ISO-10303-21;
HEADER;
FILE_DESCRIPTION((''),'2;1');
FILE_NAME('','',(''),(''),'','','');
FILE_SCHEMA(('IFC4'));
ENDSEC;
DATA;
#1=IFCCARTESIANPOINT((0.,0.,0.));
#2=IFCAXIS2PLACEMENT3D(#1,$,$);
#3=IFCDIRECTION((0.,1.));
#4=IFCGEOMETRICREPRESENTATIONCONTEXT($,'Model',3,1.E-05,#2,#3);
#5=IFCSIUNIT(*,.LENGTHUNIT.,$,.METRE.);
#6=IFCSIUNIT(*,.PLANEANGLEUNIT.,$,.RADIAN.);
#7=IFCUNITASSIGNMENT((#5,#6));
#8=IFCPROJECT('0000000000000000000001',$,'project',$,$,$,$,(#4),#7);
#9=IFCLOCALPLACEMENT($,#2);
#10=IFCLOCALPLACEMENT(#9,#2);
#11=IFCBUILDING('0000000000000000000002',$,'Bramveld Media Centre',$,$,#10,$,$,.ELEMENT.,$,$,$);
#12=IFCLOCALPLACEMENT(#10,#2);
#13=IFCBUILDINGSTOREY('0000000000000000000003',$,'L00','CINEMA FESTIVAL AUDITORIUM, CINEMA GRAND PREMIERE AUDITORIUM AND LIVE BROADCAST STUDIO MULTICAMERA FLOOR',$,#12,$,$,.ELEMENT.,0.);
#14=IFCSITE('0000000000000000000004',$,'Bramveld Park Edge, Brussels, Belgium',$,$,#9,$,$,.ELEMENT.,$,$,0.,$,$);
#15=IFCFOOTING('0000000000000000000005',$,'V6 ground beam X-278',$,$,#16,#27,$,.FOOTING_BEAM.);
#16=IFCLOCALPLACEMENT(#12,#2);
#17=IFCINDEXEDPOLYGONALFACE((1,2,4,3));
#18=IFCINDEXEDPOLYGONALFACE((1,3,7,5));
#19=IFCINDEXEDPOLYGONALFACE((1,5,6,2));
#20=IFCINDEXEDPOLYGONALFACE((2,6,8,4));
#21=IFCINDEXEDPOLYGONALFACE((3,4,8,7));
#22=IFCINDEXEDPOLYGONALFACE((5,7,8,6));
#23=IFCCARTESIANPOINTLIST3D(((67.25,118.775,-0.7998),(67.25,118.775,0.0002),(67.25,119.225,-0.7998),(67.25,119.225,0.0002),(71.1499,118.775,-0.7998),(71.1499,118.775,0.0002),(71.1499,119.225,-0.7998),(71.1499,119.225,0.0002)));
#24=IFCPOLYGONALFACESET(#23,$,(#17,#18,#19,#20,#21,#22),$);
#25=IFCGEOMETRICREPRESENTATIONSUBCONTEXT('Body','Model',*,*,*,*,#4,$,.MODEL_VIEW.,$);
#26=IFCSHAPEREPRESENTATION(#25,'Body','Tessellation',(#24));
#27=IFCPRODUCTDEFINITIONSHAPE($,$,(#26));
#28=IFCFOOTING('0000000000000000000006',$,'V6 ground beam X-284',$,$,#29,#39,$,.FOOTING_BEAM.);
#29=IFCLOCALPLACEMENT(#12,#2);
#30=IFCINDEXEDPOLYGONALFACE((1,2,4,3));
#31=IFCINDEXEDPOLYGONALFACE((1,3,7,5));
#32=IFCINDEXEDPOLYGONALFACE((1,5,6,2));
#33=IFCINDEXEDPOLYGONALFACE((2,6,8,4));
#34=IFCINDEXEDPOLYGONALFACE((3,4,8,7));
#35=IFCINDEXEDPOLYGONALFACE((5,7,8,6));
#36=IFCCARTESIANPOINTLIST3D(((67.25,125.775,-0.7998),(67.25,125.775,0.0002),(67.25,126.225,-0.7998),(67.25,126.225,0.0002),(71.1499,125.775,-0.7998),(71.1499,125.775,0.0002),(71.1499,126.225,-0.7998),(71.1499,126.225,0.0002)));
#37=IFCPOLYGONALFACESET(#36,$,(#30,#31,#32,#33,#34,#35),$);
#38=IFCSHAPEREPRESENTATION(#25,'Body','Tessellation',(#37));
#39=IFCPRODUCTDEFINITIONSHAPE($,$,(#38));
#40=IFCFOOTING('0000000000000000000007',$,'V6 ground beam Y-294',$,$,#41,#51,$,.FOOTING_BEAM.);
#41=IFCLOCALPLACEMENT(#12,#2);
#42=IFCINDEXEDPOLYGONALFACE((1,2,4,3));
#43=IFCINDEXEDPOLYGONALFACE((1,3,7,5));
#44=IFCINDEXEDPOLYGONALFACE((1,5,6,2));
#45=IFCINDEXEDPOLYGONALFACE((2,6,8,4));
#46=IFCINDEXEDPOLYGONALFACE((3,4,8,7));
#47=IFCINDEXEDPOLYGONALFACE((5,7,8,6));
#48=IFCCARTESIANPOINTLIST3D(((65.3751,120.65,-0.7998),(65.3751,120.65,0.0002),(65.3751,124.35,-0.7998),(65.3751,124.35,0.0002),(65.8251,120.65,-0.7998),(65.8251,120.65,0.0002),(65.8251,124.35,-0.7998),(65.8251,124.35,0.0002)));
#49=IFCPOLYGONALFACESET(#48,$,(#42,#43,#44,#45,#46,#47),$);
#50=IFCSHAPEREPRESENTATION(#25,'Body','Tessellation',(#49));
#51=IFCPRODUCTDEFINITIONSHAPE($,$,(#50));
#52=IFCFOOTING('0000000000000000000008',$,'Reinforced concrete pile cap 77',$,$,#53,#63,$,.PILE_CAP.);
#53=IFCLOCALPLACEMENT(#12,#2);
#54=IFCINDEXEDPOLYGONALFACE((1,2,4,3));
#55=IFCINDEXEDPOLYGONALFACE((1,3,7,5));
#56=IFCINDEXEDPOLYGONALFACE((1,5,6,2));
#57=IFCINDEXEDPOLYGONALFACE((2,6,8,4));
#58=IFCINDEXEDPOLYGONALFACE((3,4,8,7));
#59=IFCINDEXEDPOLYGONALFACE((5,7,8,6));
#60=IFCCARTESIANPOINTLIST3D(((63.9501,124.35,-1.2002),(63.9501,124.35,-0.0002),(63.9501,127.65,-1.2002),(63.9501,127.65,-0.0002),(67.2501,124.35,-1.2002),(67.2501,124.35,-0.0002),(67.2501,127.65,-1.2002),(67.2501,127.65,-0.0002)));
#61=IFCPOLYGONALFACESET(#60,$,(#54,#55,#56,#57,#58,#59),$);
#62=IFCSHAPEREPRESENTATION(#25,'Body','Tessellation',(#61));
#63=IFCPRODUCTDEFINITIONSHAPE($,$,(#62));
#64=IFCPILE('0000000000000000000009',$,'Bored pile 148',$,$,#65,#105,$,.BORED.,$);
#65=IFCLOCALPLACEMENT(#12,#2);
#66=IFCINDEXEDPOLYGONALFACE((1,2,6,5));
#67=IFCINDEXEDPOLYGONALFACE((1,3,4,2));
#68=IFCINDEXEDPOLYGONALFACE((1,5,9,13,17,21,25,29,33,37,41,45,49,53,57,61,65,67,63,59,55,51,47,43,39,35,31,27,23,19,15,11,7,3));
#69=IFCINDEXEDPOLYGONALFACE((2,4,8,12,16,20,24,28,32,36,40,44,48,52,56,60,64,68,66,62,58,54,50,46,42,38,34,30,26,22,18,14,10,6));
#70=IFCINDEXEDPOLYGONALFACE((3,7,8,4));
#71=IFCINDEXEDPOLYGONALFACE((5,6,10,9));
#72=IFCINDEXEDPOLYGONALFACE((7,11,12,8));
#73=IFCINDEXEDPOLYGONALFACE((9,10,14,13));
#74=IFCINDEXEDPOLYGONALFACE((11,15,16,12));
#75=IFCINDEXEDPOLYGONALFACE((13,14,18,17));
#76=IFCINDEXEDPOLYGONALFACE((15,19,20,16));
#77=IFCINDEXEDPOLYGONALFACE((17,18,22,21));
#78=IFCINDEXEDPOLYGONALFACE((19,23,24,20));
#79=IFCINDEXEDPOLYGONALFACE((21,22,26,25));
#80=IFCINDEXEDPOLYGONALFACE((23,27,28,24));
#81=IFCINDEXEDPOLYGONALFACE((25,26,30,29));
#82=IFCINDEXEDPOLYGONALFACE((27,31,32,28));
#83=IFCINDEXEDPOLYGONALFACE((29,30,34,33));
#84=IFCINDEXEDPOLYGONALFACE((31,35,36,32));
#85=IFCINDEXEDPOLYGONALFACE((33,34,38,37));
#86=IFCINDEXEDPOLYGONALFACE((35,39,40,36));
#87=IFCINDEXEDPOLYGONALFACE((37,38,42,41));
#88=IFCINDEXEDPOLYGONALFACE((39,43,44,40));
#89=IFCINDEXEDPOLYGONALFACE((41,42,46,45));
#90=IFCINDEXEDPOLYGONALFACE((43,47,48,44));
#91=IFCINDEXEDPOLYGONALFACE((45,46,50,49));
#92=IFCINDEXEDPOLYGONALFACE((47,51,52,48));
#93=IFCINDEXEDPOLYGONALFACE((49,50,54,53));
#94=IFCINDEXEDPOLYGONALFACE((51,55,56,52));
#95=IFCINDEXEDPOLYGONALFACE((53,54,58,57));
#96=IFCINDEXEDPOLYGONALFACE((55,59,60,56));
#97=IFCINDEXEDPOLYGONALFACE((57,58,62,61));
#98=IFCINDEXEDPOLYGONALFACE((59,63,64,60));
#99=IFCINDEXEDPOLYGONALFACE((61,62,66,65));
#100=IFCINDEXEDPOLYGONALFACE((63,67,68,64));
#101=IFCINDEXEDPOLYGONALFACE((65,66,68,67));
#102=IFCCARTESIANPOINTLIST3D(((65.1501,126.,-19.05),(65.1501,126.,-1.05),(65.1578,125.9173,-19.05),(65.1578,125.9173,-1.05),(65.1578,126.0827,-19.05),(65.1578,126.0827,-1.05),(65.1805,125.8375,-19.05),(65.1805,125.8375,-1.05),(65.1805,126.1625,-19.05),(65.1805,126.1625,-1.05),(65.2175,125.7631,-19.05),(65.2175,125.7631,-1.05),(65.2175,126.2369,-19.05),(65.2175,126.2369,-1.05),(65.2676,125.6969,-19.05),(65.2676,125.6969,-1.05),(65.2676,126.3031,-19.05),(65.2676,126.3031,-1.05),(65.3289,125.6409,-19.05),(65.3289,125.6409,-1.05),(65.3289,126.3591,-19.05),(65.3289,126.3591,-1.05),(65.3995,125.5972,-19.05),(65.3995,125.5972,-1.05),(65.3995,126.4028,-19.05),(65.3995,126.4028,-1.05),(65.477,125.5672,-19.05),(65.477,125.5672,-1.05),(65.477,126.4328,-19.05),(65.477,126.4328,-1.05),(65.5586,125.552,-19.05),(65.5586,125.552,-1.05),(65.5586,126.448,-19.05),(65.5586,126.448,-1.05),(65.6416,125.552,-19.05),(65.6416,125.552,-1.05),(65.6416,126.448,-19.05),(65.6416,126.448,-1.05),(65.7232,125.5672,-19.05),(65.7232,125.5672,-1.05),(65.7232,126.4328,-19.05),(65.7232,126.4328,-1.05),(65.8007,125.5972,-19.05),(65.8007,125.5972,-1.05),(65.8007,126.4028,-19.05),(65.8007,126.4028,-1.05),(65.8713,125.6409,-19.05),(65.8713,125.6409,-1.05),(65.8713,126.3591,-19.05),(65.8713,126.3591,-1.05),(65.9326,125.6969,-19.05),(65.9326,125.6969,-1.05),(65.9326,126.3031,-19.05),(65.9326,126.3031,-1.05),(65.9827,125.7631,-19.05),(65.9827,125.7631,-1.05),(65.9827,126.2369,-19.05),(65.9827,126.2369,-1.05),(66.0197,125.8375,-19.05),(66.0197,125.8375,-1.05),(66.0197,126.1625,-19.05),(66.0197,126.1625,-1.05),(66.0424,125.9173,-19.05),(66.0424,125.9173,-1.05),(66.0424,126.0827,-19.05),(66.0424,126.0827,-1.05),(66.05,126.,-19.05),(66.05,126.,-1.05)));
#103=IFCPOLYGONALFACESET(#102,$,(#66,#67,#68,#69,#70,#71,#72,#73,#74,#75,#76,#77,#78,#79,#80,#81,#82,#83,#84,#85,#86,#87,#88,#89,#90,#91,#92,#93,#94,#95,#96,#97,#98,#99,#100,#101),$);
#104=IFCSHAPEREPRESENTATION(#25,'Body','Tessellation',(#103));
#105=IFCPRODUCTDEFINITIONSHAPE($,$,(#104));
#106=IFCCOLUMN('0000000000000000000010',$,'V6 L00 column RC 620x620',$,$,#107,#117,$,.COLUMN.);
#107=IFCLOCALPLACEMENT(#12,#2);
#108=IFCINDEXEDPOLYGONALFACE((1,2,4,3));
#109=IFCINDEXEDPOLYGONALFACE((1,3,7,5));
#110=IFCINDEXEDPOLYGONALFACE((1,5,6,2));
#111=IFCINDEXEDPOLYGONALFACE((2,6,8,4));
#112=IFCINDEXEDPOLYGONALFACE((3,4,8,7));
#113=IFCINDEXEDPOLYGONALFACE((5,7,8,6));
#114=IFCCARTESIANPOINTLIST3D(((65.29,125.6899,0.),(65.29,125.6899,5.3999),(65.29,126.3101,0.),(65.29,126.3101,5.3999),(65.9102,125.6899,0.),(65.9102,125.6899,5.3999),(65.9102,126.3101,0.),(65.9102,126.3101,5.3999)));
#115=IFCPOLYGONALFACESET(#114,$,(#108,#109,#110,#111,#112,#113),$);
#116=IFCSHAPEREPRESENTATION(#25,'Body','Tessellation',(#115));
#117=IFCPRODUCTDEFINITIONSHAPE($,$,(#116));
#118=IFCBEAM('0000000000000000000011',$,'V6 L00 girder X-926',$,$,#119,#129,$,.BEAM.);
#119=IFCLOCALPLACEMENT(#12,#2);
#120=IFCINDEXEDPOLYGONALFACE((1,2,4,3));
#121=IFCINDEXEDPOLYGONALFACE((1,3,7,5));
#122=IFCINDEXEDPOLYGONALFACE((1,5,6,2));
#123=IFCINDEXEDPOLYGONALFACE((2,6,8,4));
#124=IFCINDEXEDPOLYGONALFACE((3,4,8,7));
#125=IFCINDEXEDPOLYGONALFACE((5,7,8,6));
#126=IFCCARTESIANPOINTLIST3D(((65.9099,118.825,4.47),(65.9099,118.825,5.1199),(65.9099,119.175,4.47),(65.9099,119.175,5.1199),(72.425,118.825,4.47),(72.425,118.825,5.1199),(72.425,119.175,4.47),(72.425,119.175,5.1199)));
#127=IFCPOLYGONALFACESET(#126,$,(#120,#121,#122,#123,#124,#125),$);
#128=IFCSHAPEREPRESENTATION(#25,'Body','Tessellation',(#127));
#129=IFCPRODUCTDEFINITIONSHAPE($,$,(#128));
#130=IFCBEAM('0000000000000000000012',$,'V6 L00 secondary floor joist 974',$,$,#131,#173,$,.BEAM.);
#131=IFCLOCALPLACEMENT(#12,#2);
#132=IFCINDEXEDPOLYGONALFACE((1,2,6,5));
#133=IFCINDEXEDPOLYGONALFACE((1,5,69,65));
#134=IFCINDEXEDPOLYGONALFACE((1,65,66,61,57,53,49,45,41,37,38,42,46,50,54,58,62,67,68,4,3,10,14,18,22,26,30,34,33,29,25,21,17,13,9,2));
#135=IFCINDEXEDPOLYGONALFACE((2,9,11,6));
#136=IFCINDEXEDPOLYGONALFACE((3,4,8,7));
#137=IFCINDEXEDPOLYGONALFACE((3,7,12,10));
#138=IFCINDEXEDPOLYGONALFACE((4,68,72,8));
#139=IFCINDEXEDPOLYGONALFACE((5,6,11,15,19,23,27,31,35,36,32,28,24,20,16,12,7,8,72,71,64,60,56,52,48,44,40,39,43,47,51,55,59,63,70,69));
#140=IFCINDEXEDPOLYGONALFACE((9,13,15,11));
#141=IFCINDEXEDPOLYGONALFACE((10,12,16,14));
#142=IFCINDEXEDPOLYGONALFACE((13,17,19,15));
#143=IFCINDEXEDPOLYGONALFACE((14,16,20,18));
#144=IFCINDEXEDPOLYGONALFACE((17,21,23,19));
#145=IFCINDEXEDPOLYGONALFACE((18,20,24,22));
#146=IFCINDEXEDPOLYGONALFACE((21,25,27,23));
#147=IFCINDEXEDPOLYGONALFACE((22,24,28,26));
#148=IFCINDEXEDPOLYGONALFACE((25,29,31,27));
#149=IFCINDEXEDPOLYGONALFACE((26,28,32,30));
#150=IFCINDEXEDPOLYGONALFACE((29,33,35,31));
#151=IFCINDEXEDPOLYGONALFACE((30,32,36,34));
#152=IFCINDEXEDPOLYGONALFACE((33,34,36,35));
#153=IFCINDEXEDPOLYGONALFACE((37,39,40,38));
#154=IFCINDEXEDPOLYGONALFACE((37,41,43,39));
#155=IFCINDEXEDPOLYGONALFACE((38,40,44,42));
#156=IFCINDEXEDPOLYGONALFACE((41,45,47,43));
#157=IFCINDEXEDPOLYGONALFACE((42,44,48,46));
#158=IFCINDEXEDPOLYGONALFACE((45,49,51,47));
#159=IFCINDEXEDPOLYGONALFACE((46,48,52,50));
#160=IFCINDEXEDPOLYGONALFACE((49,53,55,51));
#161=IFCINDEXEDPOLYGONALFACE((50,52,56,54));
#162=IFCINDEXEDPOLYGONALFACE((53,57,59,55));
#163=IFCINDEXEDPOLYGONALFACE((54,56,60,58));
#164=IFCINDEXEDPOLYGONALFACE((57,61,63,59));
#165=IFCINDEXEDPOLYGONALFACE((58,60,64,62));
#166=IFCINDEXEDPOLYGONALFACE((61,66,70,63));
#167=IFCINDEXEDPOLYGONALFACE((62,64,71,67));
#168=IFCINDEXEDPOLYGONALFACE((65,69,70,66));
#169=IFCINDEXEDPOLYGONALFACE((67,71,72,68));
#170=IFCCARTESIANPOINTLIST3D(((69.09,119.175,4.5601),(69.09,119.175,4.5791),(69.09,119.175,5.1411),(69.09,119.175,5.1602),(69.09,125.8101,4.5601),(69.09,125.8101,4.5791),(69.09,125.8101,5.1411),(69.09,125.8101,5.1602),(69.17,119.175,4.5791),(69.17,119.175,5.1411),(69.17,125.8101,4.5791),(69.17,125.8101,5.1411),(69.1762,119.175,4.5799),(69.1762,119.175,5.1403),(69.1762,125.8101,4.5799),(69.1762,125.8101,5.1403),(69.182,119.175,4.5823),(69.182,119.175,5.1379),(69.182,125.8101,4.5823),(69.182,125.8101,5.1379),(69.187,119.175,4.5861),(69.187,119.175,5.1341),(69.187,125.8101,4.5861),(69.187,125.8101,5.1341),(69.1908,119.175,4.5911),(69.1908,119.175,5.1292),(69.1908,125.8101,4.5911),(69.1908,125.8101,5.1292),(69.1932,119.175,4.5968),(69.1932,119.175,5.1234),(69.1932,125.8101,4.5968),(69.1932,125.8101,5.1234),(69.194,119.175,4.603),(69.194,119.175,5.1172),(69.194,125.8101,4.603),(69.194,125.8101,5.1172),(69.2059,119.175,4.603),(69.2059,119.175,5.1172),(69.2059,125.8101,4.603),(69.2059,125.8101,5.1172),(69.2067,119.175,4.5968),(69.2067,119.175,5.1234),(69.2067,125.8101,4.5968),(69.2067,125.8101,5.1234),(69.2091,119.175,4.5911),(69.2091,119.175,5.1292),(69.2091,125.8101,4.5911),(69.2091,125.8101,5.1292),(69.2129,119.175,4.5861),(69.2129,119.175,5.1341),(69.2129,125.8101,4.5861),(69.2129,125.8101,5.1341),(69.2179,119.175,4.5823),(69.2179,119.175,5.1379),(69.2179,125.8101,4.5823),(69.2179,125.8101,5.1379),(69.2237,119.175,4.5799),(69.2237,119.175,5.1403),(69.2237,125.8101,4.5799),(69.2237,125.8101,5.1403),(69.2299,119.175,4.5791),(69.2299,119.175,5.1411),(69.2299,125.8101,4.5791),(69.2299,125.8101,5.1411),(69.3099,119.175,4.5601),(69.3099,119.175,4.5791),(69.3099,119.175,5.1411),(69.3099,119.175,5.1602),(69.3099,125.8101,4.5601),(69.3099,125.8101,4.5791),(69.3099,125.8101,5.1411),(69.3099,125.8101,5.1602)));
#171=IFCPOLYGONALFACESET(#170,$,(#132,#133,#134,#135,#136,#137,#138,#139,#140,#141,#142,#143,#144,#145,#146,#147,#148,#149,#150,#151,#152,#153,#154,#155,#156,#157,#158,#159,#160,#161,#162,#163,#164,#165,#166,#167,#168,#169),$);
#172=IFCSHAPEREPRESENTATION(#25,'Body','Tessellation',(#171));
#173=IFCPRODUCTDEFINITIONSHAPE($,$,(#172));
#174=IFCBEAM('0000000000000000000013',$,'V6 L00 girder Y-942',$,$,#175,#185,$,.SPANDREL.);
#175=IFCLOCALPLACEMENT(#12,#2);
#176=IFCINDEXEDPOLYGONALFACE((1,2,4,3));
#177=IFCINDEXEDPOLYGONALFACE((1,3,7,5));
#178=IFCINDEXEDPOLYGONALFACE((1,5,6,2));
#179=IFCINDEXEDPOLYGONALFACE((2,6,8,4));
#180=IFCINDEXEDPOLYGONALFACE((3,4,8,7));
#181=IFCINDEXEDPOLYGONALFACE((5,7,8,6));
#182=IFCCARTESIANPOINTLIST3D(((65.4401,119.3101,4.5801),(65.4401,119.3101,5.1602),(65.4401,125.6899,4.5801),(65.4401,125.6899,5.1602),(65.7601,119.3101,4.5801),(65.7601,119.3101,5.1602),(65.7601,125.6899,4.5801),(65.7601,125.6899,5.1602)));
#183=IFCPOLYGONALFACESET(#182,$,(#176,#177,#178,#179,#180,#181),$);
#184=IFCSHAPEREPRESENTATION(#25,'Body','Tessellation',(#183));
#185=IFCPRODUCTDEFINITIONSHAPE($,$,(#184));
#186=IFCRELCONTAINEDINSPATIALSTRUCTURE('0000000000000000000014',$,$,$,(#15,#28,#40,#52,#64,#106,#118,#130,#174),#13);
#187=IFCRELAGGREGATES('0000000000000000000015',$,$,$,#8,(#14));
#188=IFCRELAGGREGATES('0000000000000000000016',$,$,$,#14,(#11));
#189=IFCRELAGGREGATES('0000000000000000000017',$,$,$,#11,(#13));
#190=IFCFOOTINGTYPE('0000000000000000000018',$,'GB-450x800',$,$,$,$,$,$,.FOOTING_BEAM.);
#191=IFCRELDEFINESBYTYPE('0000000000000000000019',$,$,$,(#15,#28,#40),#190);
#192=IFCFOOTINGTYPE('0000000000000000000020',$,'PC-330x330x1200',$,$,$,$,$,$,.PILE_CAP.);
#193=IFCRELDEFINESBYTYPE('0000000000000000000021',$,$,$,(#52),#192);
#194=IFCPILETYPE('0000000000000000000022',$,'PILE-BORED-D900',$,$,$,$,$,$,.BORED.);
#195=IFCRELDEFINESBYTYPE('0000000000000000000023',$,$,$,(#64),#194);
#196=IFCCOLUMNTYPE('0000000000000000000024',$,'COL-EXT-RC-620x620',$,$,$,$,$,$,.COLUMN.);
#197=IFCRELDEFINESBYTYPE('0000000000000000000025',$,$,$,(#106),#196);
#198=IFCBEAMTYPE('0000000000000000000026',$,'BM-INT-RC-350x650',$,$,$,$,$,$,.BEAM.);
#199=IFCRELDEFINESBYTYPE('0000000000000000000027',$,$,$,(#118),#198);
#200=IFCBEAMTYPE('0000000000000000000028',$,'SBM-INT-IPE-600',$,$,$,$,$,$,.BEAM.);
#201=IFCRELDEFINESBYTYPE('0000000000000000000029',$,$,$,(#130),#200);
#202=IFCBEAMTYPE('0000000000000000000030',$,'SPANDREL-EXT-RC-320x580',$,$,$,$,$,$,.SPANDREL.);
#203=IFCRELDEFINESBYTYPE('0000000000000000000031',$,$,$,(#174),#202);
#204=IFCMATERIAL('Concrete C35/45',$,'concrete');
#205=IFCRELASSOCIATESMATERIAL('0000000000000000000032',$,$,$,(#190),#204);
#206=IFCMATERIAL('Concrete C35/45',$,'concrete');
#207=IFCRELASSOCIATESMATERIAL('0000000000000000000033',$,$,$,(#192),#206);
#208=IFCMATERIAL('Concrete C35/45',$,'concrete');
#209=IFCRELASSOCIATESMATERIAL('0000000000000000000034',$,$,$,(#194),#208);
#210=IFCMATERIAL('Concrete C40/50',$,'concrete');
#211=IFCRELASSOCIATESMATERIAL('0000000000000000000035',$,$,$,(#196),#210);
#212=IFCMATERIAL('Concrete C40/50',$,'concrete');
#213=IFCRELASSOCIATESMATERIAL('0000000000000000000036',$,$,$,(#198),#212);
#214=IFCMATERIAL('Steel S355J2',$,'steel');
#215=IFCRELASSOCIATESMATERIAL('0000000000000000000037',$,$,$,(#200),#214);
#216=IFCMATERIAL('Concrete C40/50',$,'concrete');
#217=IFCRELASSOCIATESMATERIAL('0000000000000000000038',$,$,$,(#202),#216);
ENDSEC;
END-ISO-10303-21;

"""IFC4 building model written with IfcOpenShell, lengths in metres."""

from ifc_helpers import new_model, si_unit, direction, frame, origin, origin_2d, place, context, subcontext, project, spatial, rectangle, circle, i_section, extrude, material, material_profile, profile_set, type_object, element, save


model = new_model("IFC4")

# Units and contexts
model_context = context("Model", 3, precision=1e-05, world=origin(), true_north=direction((0.0, 1.0)))
body_context = subcontext(model_context, "Body", "Model", "MODEL_VIEW")
ifc_project = project(units=[si_unit("LENGTHUNIT", "METRE"), si_unit("PLANEANGLEUNIT", "RADIAN")], contexts=[model_context])

# Site, building, storey
site_placement = place(None, origin())
site = spatial("IfcSite", under=ifc_project, at=site_placement, Name="Bramveld Park Edge, Brussels, Belgium", CompositionType="ELEMENT", RefElevation=0.0)
building_placement = place(site_placement, origin())
building = spatial("IfcBuilding", under=site, at=building_placement, Name="Bramveld Media Centre", CompositionType="ELEMENT")
storey_placement = place(building_placement, origin())
storey = spatial("IfcBuildingStorey", under=building, at=storey_placement, Name="L00", Description="CINEMA FESTIVAL AUDITORIUM, CINEMA GRAND PREMIERE AUDITORIUM AND LIVE BROADCAST STUDIO MULTICAMERA FLOOR", CompositionType="ELEMENT", Elevation=0.0)

# Footings
ifc_material_1 = material(Name="Concrete C35/45", Category="concrete")
footing_type_1 = type_object("IfcFootingType", Name="GB-450x800", PredefinedType="FOOTING_BEAM", material=ifc_material_1)
for number, where, z_axis, x_axis, name in (
    (1, (69.2, 119.0, -0.7998), (0.0, 0.0, 1.0), (1.0, 0.0, 0.0), "V6 ground beam X-278"),
    (2, (69.2, 126.0, -0.7998), (0.0, 0.0, 1.0), (1.0, 0.0, 0.0), "V6 ground beam X-284"),
):
    element("IfcFooting", number, at=place(storey_placement, frame(where, z_axis=z_axis, x_axis=x_axis)), inside=storey, type_object=footing_type_1, Name=name, PredefinedType="FOOTING_BEAM", context=body_context, shape_type="SweptSolid", body=[
        extrude(rectangle(XDim=3.8999, YDim=0.45, at=origin_2d()), origin(), (0.0, 0.0, 1.0), 0.8),
    ])
footing_1_placement = place(storey_placement, frame((65.6001, 122.5, -0.7998), z_axis=(0.0, 0.0, 1.0), x_axis=(1.0, 0.0, 0.0)))
element("IfcFooting", 3, at=footing_1_placement, inside=storey, type_object=footing_type_1, Name="V6 ground beam Y-294", PredefinedType="FOOTING_BEAM", context=body_context, shape_type="SweptSolid", body=[
    extrude(rectangle(XDim=0.45, YDim=3.7, at=origin_2d()), origin(), (0.0, 0.0, 1.0), 0.8),
])
ifc_material_2 = material(Name="Concrete C35/45", Category="concrete")
footing_type_2 = type_object("IfcFootingType", Name="PC-330x330x1200", PredefinedType="PILE_CAP", material=ifc_material_2)
footing_2_placement = place(storey_placement, frame((65.6001, 126.0, -1.2002), z_axis=(0.0, 0.0, 1.0), x_axis=(1.0, 0.0, 0.0)))
element("IfcFooting", 4, at=footing_2_placement, inside=storey, type_object=footing_type_2, Name="Reinforced concrete pile cap 77", PredefinedType="PILE_CAP", context=body_context, shape_type="SweptSolid", body=[
    extrude(rectangle(XDim=3.3, YDim=3.3, at=origin_2d()), origin(), (0.0, 0.0, 1.0), 1.2),
])

# Pile
ifc_material_3 = material(Name="Concrete C35/45", Category="concrete")
ifc_material_profile_1 = material_profile(ifc_material_3, circle(Radius=0.45, at=origin_2d()), Name="BORED D900")
ifc_profile_set_1 = profile_set([ifc_material_profile_1], Name="Concrete C35/45")
pile_type = type_object("IfcPileType", Name="PILE-BORED-D900", PredefinedType="BORED", material=ifc_profile_set_1)
pile_placement = place(storey_placement, frame((65.6001, 126.0, -1.05), z_axis=(0.0, 0.0, -1.0), x_axis=(1.0, 0.0, 0.0)))
element("IfcPile", 5, at=pile_placement, inside=storey, type_object=pile_type, Name="Bored pile 148", PredefinedType="BORED", context=body_context, shape_type="SweptSolid", body=[
    extrude(circle(Radius=0.45, at=origin_2d()), origin(), (0.0, 0.0, 1.0), 18.0),
])

# Column
ifc_material_4 = material(Name="Concrete C40/50", Category="concrete")
ifc_material_profile_2 = material_profile(ifc_material_4, rectangle(XDim=0.6201, YDim=0.6201, at=origin_2d()), Name="RC 620x620")
ifc_profile_set_2 = profile_set([ifc_material_profile_2], Name="Concrete C40/50")
column_type = type_object("IfcColumnType", Name="COL-EXT-RC-620x620", PredefinedType="COLUMN", material=ifc_profile_set_2)
column_placement = place(storey_placement, frame((65.6001, 126.0, 0.0), z_axis=(0.0, 0.0, 1.0), x_axis=(1.0, 0.0, 0.0)))
element("IfcColumn", 6, at=column_placement, inside=storey, type_object=column_type, Name="V6 L00 column RC 620x620", PredefinedType="COLUMN", context=body_context, shape_type="SweptSolid", body=[
    extrude(rectangle(XDim=0.6201, YDim=0.6201, at=origin_2d()), origin(), (0.0, 0.0, 1.0), 5.3999),
])

# Beams
ifc_material_5 = material(Name="Concrete C40/50", Category="concrete")
ifc_material_profile_3 = material_profile(ifc_material_5, rectangle(XDim=0.3501, YDim=0.6499, at=origin_2d()), Name="RC 350x650")
ifc_profile_set_3 = profile_set([ifc_material_profile_3], Name="Concrete C40/50")
beam_type_1 = type_object("IfcBeamType", Name="BM-INT-RC-350x650", PredefinedType="BEAM", material=ifc_profile_set_3)
beam_1_placement = place(storey_placement, frame((65.9099, 119.0, 4.7949), z_axis=(1.0, 0.0, 0.0), x_axis=(0.0, 1.0, 0.0)))
element("IfcBeam", 7, at=beam_1_placement, inside=storey, type_object=beam_type_1, Name="V6 L00 girder X-926", PredefinedType="BEAM", context=body_context, shape_type="SweptSolid", body=[
    extrude(rectangle(XDim=0.3501, YDim=0.6499, at=origin_2d()), origin(), (0.0, 0.0, 1.0), 6.5151),
])
ifc_material_6 = material(Name="Steel S355J2", Category="steel")
ifc_material_profile_4 = material_profile(ifc_material_6, i_section(OverallWidth=0.22, OverallDepth=0.6001, WebThickness=0.012, FlangeThickness=0.019, FilletRadius=0.0239, at=origin_2d()), Name="IPE 600")
ifc_profile_set_4 = profile_set([ifc_material_profile_4], Name="Steel S355J2")
beam_type_2 = type_object("IfcBeamType", Name="SBM-INT-IPE-600", PredefinedType="BEAM", material=ifc_profile_set_4)
beam_2_placement = place(storey_placement, frame((69.2, 119.175, 4.8601), z_axis=(0.0, 1.0, 0.0), x_axis=(-1.0, 0.0, 0.0)))
element("IfcBeam", 8, at=beam_2_placement, inside=storey, type_object=beam_type_2, Name="V6 L00 secondary floor joist 974", PredefinedType="BEAM", context=body_context, shape_type="SweptSolid", body=[
    extrude(i_section(OverallWidth=0.22, OverallDepth=0.6001, WebThickness=0.012, FlangeThickness=0.019, FilletRadius=0.0239, at=origin_2d()), origin(), (0.0, 0.0, 1.0), 6.635),
])
ifc_material_7 = material(Name="Concrete C40/50", Category="concrete")
ifc_material_profile_5 = material_profile(ifc_material_7, rectangle(XDim=0.3201, YDim=0.5801, at=origin_2d()), Name="RC 320x580")
ifc_profile_set_5 = profile_set([ifc_material_profile_5], Name="Concrete C40/50")
beam_type_3 = type_object("IfcBeamType", Name="SPANDREL-EXT-RC-320x580", PredefinedType="SPANDREL", material=ifc_profile_set_5)
beam_3_placement = place(storey_placement, frame((65.6001, 119.3101, 4.8701), z_axis=(0.0, 1.0, 0.0), x_axis=(-1.0, 0.0, 0.0)))
element("IfcBeam", 9, at=beam_3_placement, inside=storey, type_object=beam_type_3, Name="V6 L00 girder Y-942", PredefinedType="SPANDREL", context=body_context, shape_type="SweptSolid", body=[
    extrude(rectangle(XDim=0.3201, YDim=0.5801, at=origin_2d()), origin(), (0.0, 0.0, 1.0), 6.3799),
])

save(model, "model.ifc")
